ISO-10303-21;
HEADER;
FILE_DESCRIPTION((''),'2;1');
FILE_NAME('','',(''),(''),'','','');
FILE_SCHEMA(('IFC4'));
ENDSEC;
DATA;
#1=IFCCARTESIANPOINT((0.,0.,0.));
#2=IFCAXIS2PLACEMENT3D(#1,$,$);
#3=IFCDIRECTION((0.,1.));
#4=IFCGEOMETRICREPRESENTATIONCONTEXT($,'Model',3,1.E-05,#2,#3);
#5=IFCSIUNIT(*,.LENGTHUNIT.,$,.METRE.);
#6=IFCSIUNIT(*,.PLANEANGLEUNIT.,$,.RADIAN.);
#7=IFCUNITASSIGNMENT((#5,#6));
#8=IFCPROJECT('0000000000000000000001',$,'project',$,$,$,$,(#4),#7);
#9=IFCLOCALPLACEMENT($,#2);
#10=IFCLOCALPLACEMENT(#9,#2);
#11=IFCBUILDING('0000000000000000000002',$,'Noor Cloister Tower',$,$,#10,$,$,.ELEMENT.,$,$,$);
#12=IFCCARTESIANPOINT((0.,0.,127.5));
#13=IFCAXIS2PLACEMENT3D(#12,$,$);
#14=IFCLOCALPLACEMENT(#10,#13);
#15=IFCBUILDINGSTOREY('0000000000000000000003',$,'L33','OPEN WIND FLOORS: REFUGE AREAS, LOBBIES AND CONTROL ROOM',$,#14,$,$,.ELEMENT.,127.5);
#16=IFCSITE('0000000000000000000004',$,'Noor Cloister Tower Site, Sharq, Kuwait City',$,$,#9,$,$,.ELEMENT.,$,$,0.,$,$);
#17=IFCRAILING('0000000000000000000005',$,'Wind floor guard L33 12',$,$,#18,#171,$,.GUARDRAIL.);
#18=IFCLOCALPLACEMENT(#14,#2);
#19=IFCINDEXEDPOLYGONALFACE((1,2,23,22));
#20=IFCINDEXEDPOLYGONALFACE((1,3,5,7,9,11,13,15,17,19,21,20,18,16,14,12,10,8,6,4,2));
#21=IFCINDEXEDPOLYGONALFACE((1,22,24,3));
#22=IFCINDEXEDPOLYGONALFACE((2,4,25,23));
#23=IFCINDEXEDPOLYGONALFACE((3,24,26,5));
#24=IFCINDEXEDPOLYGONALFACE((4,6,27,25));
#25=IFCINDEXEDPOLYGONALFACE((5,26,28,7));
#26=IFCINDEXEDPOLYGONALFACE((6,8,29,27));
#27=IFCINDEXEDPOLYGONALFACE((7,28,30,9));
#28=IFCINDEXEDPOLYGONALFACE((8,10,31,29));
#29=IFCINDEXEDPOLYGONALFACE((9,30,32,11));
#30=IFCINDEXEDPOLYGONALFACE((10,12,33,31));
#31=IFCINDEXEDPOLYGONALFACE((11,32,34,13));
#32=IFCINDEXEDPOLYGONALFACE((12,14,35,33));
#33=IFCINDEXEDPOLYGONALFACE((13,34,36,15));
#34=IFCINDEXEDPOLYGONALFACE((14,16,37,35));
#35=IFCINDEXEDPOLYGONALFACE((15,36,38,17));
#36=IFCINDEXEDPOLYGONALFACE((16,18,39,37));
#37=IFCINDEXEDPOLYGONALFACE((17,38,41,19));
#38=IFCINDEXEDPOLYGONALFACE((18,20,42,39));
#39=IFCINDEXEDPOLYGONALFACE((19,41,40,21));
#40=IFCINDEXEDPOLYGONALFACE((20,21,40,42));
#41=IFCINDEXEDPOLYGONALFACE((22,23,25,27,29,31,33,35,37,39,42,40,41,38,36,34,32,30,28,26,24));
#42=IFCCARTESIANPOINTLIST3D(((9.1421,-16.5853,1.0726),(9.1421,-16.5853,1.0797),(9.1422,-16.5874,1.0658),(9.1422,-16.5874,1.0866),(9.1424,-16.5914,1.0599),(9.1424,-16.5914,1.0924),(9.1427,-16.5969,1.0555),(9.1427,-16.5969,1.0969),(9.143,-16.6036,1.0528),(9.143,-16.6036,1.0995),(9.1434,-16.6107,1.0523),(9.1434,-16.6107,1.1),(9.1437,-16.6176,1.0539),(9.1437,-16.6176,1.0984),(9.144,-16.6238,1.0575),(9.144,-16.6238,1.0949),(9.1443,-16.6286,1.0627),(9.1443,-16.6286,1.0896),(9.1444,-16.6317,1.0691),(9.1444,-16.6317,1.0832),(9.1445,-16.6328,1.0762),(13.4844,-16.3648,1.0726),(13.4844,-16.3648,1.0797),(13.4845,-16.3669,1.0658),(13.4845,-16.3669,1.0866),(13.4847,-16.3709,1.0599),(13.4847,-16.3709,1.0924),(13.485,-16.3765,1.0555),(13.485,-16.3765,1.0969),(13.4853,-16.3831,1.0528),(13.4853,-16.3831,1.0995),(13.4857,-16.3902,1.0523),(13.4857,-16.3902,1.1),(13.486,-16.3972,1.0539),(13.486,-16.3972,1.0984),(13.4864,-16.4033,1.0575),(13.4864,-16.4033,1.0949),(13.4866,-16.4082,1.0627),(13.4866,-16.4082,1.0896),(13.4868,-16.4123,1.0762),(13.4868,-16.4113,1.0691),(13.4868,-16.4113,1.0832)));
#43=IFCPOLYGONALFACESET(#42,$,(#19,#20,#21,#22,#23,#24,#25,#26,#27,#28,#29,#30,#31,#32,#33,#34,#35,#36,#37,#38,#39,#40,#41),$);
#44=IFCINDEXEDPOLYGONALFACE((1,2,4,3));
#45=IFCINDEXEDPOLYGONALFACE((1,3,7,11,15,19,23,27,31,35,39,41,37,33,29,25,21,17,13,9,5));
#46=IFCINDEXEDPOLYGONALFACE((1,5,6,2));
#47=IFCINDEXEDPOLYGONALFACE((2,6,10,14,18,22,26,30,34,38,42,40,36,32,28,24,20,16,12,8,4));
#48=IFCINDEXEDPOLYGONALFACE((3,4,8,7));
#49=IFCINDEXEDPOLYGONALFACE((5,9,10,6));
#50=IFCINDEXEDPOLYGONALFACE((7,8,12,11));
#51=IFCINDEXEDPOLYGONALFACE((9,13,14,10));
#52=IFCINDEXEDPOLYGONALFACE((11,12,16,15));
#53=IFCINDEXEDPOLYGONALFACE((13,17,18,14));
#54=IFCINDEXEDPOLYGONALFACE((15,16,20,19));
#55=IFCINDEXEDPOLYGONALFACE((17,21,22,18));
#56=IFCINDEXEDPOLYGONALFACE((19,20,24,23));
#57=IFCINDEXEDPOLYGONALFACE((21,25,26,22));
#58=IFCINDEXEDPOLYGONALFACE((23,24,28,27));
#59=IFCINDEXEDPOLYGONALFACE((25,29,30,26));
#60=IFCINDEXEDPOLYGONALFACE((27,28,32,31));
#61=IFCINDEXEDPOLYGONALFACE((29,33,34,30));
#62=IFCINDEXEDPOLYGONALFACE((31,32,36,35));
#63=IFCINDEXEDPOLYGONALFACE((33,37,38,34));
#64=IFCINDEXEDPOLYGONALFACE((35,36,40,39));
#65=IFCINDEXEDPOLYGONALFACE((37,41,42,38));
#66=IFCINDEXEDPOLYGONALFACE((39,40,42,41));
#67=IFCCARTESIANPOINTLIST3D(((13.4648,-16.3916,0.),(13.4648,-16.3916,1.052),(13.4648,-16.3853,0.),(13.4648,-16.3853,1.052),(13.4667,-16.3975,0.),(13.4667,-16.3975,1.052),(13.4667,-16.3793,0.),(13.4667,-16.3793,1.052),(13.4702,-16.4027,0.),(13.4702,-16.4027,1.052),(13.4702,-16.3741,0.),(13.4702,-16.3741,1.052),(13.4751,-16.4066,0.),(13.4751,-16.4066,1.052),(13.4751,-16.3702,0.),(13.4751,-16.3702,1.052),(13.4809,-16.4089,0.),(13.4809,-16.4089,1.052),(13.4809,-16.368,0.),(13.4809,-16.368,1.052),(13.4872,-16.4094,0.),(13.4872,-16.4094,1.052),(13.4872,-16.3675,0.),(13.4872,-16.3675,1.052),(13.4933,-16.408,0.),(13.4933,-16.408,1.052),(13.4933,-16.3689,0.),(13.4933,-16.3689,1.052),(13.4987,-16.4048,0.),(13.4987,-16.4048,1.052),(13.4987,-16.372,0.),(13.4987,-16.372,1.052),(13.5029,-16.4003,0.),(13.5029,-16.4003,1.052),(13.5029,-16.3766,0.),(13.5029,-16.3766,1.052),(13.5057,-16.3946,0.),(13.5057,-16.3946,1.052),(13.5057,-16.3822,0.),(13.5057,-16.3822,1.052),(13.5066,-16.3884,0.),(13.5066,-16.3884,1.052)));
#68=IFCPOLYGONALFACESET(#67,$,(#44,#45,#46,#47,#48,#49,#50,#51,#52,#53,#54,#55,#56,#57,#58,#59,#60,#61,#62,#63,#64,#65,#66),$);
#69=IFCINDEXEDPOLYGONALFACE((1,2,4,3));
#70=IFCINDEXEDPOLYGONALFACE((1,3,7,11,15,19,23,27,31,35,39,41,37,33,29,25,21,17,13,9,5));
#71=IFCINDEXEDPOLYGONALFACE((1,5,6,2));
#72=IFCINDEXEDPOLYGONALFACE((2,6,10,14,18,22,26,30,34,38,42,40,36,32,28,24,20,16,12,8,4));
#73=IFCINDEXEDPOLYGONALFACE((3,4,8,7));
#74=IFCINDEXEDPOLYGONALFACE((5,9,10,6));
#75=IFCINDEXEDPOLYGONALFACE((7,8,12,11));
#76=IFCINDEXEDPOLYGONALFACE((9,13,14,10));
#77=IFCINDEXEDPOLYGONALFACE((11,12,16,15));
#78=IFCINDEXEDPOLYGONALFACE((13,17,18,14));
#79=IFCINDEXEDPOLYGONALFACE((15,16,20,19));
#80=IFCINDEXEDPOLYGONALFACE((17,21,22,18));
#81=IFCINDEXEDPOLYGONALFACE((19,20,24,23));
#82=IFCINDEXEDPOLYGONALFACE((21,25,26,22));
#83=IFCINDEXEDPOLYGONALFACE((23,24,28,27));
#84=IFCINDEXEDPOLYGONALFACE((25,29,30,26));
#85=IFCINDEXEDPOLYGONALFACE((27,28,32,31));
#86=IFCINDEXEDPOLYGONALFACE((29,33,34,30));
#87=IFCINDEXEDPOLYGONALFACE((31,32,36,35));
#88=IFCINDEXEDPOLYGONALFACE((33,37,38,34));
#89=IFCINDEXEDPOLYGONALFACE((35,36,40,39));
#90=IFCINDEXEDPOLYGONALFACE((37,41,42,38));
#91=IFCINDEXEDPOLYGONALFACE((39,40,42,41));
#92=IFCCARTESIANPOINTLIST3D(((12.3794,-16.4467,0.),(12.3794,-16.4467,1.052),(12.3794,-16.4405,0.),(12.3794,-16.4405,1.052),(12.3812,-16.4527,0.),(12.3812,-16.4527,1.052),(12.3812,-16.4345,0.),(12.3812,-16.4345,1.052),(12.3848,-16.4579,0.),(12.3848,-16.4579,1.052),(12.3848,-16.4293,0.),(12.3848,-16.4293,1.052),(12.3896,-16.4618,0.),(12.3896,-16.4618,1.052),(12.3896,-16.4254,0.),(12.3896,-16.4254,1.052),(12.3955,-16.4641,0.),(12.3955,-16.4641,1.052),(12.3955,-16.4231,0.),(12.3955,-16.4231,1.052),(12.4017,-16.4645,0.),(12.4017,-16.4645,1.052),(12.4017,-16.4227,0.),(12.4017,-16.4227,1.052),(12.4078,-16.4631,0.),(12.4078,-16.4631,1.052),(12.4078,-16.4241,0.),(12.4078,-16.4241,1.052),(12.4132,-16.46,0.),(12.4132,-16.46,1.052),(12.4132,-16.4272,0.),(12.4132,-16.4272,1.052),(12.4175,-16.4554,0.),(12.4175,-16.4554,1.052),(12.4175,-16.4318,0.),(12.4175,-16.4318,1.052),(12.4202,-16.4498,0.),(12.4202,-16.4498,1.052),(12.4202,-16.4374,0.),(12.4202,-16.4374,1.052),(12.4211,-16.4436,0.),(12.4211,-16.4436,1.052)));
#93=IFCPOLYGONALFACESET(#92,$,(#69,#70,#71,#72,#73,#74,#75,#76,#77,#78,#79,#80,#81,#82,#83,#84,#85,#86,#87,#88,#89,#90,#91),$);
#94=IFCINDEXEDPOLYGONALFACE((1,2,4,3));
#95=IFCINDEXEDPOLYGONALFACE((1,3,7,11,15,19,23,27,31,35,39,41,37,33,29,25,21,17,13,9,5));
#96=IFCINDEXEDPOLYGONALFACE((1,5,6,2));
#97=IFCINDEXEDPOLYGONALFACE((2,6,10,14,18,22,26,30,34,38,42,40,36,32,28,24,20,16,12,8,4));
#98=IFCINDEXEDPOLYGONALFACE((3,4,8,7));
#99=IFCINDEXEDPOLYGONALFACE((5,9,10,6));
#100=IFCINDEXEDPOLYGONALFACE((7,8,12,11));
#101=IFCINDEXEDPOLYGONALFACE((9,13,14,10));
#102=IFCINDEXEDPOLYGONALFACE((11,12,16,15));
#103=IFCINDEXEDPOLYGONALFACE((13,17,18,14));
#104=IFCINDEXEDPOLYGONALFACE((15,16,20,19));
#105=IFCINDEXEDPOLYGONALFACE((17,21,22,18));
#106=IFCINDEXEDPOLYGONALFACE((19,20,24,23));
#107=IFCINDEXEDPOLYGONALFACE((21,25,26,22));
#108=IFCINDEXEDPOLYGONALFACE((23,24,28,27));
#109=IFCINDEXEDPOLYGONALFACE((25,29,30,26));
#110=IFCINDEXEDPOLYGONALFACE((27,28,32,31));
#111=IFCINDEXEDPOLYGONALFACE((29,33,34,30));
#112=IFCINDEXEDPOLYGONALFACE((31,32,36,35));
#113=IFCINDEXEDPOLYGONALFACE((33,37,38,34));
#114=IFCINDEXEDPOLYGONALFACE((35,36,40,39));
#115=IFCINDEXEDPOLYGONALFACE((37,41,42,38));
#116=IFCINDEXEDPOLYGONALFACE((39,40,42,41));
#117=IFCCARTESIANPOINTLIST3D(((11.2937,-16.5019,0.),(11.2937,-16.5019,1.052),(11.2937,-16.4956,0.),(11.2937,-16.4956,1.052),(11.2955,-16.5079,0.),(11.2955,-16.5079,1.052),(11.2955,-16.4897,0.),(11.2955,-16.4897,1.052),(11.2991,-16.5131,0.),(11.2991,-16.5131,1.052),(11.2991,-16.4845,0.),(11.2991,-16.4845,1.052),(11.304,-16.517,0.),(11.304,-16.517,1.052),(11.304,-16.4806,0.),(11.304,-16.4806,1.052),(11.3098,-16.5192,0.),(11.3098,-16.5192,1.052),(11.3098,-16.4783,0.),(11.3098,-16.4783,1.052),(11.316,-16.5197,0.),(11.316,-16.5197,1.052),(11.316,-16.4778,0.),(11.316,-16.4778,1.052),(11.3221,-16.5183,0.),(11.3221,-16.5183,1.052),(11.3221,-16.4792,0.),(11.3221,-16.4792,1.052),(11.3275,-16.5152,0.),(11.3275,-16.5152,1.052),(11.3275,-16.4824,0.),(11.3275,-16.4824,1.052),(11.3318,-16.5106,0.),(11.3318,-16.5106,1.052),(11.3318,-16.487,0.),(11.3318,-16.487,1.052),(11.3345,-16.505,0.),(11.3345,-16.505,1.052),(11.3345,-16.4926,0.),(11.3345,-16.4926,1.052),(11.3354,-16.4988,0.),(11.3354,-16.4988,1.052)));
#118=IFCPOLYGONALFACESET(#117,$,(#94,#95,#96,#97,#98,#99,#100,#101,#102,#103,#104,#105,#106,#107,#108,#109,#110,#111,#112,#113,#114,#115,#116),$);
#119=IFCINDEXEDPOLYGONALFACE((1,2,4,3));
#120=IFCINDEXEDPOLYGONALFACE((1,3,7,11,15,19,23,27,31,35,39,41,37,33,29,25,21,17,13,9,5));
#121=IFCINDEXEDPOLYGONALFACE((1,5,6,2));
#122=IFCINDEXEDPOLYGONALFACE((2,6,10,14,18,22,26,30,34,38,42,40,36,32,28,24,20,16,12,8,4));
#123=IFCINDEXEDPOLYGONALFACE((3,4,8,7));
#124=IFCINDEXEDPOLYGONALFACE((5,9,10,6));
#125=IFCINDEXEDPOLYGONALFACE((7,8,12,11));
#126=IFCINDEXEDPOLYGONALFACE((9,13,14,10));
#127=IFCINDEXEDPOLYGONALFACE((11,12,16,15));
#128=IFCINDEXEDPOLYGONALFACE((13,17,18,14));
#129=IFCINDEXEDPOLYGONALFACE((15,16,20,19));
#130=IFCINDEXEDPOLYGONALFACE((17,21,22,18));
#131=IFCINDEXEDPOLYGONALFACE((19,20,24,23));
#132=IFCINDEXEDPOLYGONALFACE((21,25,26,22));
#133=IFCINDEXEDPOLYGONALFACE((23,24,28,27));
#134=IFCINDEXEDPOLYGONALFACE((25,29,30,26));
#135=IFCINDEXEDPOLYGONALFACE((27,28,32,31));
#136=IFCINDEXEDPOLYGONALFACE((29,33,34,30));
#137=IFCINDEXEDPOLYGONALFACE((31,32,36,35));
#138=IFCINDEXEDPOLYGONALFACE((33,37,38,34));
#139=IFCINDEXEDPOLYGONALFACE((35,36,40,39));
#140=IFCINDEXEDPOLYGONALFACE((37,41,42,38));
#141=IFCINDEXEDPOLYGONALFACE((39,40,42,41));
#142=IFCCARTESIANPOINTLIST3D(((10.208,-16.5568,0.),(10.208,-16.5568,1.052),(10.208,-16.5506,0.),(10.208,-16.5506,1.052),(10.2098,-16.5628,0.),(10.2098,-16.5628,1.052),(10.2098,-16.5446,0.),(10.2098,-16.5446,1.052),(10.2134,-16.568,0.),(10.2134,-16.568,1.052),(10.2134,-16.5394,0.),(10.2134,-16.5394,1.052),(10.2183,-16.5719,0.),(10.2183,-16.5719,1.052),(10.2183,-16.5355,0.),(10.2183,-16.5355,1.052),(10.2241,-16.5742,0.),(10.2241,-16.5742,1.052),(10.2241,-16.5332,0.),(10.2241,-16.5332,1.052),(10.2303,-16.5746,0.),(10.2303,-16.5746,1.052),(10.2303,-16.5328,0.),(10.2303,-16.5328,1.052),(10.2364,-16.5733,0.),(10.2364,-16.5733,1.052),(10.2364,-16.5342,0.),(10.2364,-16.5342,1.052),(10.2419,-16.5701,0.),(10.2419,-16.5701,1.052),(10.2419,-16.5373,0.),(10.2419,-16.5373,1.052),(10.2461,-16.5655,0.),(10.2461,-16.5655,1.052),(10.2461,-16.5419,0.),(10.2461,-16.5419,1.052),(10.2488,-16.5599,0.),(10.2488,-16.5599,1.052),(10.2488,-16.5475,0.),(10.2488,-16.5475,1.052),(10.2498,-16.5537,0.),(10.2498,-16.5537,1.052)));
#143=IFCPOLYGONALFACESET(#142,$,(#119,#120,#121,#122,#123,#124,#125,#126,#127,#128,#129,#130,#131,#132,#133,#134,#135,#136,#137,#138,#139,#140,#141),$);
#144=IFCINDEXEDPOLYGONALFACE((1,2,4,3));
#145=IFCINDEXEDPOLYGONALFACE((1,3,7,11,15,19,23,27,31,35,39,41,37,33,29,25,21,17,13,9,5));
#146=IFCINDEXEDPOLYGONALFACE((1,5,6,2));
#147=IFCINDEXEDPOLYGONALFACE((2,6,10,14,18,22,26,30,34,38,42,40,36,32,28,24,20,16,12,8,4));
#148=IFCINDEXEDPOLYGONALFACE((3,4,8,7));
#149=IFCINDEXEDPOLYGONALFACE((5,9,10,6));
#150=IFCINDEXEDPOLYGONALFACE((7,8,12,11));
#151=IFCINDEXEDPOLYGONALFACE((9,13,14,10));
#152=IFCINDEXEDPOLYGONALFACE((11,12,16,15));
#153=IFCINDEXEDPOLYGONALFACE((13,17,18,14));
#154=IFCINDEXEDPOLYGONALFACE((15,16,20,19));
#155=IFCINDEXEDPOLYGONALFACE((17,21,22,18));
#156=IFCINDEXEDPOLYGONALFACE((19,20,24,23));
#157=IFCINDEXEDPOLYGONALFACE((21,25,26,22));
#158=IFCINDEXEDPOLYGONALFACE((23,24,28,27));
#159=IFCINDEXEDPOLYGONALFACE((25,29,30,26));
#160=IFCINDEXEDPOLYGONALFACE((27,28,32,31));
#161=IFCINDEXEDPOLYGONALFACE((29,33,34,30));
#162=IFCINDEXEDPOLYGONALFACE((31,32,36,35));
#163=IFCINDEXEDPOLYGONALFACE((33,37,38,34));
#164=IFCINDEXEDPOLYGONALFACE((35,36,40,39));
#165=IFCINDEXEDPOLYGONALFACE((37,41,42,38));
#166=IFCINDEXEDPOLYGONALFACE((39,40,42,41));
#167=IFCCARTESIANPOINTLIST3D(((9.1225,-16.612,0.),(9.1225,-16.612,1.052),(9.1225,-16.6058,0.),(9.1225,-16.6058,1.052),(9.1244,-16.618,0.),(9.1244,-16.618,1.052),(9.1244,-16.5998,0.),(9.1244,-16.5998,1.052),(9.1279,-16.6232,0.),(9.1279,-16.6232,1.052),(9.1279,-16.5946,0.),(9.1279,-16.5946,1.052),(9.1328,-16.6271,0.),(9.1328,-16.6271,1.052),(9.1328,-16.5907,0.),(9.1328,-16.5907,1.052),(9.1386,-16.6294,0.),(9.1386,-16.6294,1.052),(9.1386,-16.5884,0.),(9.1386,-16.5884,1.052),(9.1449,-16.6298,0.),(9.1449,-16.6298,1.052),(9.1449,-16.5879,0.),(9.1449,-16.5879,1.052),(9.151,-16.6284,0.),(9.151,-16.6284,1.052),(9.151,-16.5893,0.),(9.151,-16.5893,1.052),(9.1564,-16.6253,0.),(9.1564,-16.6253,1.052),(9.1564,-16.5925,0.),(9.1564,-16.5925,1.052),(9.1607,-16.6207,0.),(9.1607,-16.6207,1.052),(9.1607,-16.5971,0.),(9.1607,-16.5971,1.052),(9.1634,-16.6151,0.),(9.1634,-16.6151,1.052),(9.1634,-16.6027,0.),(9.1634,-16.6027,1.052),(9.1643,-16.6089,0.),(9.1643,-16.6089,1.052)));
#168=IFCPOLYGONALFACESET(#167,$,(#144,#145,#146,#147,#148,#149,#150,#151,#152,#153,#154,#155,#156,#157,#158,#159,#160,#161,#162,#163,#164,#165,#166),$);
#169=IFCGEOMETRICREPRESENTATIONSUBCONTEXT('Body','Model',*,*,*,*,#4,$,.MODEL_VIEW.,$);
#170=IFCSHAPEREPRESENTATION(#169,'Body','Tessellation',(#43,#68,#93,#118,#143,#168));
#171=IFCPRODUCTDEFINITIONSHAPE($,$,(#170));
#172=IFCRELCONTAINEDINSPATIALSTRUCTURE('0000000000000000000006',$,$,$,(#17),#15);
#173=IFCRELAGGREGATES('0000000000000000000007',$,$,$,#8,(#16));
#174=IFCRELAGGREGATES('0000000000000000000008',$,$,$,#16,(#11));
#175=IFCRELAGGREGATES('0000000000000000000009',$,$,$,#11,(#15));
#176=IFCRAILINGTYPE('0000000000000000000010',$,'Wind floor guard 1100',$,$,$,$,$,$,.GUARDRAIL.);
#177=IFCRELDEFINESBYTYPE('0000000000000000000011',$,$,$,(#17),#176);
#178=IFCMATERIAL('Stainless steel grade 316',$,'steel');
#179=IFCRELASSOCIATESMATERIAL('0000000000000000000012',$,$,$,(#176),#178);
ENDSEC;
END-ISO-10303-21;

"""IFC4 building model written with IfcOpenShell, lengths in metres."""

from ifc_helpers import new_model, si_unit, direction, frame, origin, origin_2d, place, context, subcontext, project, spatial, circle, extrude, material, type_object, element, save


model = new_model("IFC4")

# Units and contexts
model_context = context("Model", 3, precision=1e-05, world=origin(), true_north=direction((0.0, 1.0)))
body_context = subcontext(model_context, "Body", "Model", "MODEL_VIEW")
ifc_project = project(units=[si_unit("LENGTHUNIT", "METRE"), si_unit("PLANEANGLEUNIT", "RADIAN")], contexts=[model_context])

# Site, building, storey
site_placement = place(None, origin())
site = spatial("IfcSite", under=ifc_project, at=site_placement, Name="Noor Cloister Tower Site, Sharq, Kuwait City", CompositionType="ELEMENT", RefElevation=0.0)
building_placement = place(site_placement, origin())
building = spatial("IfcBuilding", under=site, at=building_placement, Name="Noor Cloister Tower", CompositionType="ELEMENT")
storey_placement = place(building_placement, frame((0.0, 0.0, 127.5)))
storey = spatial("IfcBuildingStorey", under=building, at=storey_placement, Name="L33", Description="OPEN WIND FLOORS: REFUGE AREAS, LOBBIES AND CONTROL ROOM", CompositionType="ELEMENT", Elevation=127.5)

# Railing
ifc_material_1 = material(Name="Stainless steel grade 316", Category="steel")
railing_type_1 = type_object("IfcRailingType", Name="Wind floor guard 1100", PredefinedType="GUARDRAIL", material=ifc_material_1)
railing_1_placement = place(storey_placement, frame((13.4856, -16.3884, 0.0)))
element("IfcRailing", 1, at=railing_1_placement, inside=storey, type_object=railing_type_1, Name="Wind floor guard L33 12", PredefinedType="GUARDRAIL", context=body_context, shape_type="SweptSolid", body=[
    extrude(circle(Radius=0.0239, at=origin_2d()), frame((0.0, 0.0, 1.0762), z_axis=(-0.998714, -0.050705, 0.0), x_axis=(0.050705, -0.998714, 0.0)), (0.0, 0.0, 1.0), 4.3479),
    extrude(circle(Radius=0.021, at=origin_2d()), origin(), (0.0, 0.0, 1.0), 1.052),
    extrude(circle(Radius=0.021, at=origin_2d()), frame((-1.0854, -0.0552, 0.0)), (0.0, 0.0, 1.0), 1.052),
    extrude(circle(Radius=0.021, at=origin_2d()), frame((-2.1711, -0.1104, 0.0)), (0.0, 0.0, 1.0), 1.052),
    extrude(circle(Radius=0.021, at=origin_2d()), frame((-3.2568, -0.1653, 0.0)), (0.0, 0.0, 1.0), 1.052),
    extrude(circle(Radius=0.021, at=origin_2d()), frame((-4.3423, -0.2205, 0.0)), (0.0, 0.0, 1.0), 1.052),
])

save(model, "model.ifc")
